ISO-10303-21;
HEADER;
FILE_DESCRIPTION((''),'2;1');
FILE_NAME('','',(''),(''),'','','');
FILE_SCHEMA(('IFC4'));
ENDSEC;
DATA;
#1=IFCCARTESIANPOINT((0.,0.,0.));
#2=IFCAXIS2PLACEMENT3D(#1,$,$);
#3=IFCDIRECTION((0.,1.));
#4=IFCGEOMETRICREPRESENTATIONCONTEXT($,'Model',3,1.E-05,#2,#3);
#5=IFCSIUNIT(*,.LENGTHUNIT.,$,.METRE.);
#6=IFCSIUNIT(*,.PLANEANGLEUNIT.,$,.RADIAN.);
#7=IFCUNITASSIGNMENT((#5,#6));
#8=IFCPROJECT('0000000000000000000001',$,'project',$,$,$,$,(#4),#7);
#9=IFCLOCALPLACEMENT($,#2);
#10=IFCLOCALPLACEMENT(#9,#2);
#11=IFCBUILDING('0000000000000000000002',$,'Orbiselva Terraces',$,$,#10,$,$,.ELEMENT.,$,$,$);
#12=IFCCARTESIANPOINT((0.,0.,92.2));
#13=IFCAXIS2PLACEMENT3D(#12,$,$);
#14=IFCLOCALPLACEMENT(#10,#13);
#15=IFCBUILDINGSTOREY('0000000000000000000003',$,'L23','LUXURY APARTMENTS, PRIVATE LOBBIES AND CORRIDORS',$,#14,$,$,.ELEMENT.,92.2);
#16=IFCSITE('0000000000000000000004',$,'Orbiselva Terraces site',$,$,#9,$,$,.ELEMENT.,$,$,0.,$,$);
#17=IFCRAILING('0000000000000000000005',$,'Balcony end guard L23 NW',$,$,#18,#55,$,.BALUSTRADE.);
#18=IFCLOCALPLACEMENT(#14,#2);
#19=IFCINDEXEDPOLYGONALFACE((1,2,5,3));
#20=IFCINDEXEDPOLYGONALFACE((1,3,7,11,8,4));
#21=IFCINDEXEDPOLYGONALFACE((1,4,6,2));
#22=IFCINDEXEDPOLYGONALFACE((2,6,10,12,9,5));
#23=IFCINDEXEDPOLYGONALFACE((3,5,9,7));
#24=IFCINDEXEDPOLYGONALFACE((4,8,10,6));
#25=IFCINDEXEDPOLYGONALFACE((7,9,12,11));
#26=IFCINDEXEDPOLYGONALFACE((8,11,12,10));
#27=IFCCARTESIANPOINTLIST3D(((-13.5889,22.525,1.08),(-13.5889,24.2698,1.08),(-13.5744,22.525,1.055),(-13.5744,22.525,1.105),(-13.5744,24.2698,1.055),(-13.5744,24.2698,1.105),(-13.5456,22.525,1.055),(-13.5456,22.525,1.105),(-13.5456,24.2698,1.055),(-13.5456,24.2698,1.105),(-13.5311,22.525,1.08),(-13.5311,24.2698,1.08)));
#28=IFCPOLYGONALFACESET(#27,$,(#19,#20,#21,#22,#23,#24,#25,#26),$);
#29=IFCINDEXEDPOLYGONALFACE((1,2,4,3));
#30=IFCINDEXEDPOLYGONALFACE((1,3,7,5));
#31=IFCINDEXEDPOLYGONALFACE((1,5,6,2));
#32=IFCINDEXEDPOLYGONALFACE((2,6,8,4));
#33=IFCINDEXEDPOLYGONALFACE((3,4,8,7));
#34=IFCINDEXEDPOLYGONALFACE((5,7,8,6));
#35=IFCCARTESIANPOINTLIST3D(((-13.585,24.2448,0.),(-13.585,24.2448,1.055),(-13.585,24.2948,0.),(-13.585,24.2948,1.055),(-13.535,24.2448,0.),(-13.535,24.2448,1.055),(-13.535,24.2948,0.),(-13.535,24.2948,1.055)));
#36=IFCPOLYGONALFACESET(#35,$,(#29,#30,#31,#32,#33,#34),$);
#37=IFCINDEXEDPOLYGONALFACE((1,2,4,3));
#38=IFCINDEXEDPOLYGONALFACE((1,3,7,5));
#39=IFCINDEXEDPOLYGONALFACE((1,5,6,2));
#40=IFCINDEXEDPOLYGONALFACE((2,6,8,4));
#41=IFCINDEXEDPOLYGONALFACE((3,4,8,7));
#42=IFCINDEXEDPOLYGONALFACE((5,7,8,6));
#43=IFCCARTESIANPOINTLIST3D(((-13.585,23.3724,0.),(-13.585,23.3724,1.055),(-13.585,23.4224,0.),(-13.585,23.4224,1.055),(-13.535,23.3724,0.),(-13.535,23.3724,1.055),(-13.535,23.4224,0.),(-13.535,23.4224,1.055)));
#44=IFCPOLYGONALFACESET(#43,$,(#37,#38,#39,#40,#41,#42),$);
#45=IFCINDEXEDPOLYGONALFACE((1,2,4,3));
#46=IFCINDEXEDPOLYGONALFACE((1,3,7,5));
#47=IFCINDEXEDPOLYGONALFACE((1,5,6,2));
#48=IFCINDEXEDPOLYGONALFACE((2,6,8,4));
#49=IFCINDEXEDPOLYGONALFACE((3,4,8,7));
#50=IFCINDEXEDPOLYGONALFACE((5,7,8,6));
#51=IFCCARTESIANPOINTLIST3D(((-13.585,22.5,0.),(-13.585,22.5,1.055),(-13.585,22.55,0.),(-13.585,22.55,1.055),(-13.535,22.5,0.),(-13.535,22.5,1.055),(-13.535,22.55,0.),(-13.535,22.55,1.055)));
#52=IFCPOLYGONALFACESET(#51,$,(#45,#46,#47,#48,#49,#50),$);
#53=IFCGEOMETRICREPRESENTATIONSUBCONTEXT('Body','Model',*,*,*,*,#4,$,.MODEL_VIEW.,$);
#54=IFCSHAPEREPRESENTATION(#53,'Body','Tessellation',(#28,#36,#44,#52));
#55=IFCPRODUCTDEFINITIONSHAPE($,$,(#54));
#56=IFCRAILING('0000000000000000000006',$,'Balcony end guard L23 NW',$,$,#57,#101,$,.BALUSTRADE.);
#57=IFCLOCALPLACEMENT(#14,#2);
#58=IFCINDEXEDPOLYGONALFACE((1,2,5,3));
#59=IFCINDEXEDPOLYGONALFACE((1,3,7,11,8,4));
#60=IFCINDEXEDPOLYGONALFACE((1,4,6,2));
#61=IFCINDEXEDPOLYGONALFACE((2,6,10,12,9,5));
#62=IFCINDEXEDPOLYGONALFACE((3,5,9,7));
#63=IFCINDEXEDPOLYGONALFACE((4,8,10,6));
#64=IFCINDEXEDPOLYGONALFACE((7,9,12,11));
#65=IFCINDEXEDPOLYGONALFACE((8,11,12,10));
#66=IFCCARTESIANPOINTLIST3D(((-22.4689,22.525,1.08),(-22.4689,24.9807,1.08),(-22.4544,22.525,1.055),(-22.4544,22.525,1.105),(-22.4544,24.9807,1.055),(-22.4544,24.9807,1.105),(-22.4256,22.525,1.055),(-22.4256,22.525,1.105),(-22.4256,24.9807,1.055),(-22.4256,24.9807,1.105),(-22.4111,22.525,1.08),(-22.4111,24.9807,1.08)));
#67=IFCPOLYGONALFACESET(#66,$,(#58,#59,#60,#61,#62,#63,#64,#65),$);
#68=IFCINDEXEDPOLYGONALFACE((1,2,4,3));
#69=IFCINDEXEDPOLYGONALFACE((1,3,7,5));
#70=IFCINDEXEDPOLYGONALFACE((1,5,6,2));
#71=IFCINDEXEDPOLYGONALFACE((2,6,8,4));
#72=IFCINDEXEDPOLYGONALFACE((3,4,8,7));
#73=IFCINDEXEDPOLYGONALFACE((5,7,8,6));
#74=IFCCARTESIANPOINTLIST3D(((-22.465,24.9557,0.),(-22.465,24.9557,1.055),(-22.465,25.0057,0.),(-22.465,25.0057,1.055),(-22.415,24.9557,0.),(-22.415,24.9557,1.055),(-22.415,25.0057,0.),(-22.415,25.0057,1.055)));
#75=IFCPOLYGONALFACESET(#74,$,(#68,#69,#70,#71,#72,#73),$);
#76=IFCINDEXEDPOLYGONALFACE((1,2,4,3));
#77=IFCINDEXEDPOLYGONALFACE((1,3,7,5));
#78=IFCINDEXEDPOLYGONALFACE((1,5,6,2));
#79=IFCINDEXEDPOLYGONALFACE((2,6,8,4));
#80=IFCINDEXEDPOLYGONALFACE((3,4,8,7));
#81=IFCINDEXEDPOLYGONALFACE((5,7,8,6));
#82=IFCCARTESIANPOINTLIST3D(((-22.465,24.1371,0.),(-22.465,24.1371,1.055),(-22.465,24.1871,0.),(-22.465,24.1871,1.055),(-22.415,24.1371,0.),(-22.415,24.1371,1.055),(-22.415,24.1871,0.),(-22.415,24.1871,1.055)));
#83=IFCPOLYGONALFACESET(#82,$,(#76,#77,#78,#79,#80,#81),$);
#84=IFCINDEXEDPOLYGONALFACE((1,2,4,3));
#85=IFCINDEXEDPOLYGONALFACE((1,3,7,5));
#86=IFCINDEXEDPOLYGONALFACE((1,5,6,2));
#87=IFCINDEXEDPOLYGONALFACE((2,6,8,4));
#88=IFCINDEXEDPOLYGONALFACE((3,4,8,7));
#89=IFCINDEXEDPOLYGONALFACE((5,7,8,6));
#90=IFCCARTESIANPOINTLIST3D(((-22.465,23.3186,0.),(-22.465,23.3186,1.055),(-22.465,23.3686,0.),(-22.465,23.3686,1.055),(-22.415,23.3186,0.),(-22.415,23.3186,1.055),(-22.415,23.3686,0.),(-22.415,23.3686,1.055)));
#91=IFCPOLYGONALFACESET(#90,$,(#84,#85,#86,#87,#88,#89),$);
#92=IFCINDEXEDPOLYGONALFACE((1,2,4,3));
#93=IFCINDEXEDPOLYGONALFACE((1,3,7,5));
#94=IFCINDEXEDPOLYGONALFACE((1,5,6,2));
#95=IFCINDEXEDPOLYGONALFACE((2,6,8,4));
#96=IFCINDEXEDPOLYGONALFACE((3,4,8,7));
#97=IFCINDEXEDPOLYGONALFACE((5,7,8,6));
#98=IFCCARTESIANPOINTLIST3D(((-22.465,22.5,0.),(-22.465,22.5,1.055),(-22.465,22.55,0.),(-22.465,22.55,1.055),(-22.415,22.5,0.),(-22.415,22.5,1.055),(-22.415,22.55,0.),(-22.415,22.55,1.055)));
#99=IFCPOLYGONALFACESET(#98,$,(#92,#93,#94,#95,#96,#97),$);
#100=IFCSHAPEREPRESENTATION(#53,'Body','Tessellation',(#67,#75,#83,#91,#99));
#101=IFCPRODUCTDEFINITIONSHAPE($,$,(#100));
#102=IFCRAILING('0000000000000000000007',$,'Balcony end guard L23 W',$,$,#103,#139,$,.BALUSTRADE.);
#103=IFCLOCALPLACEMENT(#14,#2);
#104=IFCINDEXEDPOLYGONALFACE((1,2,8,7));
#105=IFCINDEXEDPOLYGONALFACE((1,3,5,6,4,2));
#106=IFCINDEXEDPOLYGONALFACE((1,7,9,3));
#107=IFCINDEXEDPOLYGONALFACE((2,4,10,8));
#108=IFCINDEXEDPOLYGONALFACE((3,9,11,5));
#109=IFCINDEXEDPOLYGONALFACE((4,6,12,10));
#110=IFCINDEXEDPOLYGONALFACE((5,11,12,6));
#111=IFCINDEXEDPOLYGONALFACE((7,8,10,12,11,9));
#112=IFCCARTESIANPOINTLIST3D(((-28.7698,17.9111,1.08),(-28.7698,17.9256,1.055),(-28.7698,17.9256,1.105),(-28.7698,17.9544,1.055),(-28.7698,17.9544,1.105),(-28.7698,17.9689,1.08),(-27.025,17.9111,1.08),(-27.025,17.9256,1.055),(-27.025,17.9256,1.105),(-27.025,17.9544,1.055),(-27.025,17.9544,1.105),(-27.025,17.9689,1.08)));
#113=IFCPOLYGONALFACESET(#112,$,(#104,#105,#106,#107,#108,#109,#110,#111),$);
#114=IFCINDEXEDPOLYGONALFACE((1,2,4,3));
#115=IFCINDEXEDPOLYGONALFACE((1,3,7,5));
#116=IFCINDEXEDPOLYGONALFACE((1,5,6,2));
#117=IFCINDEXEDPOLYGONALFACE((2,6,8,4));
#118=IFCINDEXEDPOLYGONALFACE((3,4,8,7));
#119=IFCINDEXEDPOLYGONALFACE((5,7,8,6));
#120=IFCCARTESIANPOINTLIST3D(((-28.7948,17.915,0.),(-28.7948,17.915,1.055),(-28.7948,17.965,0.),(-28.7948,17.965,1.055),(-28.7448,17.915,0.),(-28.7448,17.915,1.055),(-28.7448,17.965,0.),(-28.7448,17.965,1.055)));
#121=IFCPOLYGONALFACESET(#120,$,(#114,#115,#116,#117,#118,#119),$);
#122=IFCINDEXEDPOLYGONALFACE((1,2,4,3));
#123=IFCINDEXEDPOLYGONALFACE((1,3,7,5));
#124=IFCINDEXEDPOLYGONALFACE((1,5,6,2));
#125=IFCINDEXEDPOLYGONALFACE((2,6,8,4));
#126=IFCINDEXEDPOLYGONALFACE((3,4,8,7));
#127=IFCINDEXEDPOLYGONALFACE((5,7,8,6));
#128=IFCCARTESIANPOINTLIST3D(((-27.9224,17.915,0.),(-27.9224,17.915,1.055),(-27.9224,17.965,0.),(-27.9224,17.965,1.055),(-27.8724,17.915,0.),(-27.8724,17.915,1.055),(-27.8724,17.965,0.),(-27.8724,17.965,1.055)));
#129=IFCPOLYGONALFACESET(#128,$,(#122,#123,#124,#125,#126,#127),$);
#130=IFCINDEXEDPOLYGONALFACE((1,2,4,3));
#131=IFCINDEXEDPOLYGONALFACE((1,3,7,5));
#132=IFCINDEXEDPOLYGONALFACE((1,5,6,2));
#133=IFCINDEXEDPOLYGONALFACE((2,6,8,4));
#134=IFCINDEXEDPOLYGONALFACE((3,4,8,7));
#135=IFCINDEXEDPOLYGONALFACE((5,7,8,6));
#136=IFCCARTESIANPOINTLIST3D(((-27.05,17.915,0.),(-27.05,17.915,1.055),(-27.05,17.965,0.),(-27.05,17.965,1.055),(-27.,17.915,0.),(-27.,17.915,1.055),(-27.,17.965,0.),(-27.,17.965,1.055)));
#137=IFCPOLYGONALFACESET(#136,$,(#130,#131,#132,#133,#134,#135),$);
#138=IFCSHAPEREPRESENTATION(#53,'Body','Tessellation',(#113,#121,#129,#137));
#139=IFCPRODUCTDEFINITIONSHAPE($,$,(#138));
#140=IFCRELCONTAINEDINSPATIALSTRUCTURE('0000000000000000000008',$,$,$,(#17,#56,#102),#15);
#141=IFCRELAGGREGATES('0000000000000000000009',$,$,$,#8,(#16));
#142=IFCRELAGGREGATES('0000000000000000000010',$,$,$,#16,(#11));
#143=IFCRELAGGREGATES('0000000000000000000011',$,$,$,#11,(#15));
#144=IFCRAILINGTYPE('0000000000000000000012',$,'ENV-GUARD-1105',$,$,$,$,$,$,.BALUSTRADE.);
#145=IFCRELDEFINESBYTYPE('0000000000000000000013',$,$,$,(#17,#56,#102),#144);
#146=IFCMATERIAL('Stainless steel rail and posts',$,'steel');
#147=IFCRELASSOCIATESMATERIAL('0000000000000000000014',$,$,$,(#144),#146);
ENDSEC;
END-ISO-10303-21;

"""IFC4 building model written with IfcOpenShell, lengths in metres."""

from ifc_helpers import new_model, si_unit, direction, frame, origin, origin_2d, place, context, subcontext, project, spatial, polyline, rectangle, outline, extrude, material, type_object, element, save


model = new_model("IFC4")

# Units and contexts
model_context = context("Model", 3, precision=1e-05, world=origin(), true_north=direction((0.0, 1.0)))
body_context = subcontext(model_context, "Body", "Model", "MODEL_VIEW")
ifc_project = project(units=[si_unit("LENGTHUNIT", "METRE"), si_unit("PLANEANGLEUNIT", "RADIAN")], contexts=[model_context])

# Site, building, storey
site_placement = place(None, origin())
site = spatial("IfcSite", under=ifc_project, at=site_placement, Name="Orbiselva Terraces site", CompositionType="ELEMENT", RefElevation=0.0)
building_placement = place(site_placement, origin())
building = spatial("IfcBuilding", under=site, at=building_placement, Name="Orbiselva Terraces", CompositionType="ELEMENT")
storey_placement = place(building_placement, frame((0.0, 0.0, 92.2)))
storey = spatial("IfcBuildingStorey", under=building, at=storey_placement, Name="L23", Description="LUXURY APARTMENTS, PRIVATE LOBBIES AND CORRIDORS", CompositionType="ELEMENT", Elevation=92.2)

# Railings
ifc_material_1 = material(Name="Stainless steel rail and posts", Category="steel")
railing_type_1 = type_object("IfcRailingType", Name="ENV-GUARD-1105", PredefinedType="BALUSTRADE", material=ifc_material_1)
railing_1_placement = place(storey_placement, frame((-13.56, 24.2698, 0.0)))
element("IfcRailing", 1, at=railing_1_placement, inside=storey, type_object=railing_type_1, Name="Balcony end guard L23 NW", PredefinedType="BALUSTRADE", context=body_context, shape_type="SweptSolid", body=[
    extrude(outline(polyline([(0.0289, 0.0), (0.0144, 0.025), (-0.0144, 0.025), (-0.0289, 0.0), (-0.0144, -0.025), (0.0144, -0.025), (0.0289, 0.0)])), frame((0.0, 0.0, 1.08), z_axis=(0.0, -1.0, 0.0), x_axis=(1.0, 0.0, 0.0)), (0.0, 0.0, 1.0), 1.7448),
    extrude(rectangle(XDim=0.05, YDim=0.05, at=origin_2d()), origin(), (0.0, 0.0, 1.0), 1.055),
    extrude(rectangle(XDim=0.05, YDim=0.05, at=origin_2d()), frame((0.0, -0.8724, 0.0)), (0.0, 0.0, 1.0), 1.055),
    extrude(rectangle(XDim=0.05, YDim=0.05, at=origin_2d()), frame((0.0, -1.7448, 0.0)), (0.0, 0.0, 1.0), 1.055),
])
railing_2_placement = place(storey_placement, frame((-22.44, 24.9807, 0.0)))
element("IfcRailing", 2, at=railing_2_placement, inside=storey, type_object=railing_type_1, Name="Balcony end guard L23 NW", PredefinedType="BALUSTRADE", context=body_context, shape_type="SweptSolid", body=[
    extrude(outline(polyline([(0.0289, 0.0), (0.0144, 0.025), (-0.0144, 0.025), (-0.0289, 0.0), (-0.0144, -0.025), (0.0144, -0.025), (0.0289, 0.0)])), frame((0.0, 0.0, 1.08), z_axis=(0.0, -1.0, 0.0), x_axis=(1.0, 0.0, 0.0)), (0.0, 0.0, 1.0), 2.4557),
    extrude(rectangle(XDim=0.05, YDim=0.05, at=origin_2d()), origin(), (0.0, 0.0, 1.0), 1.055),
    extrude(rectangle(XDim=0.05, YDim=0.05, at=origin_2d()), frame((0.0, -0.8186, 0.0)), (0.0, 0.0, 1.0), 1.055),
    extrude(rectangle(XDim=0.05, YDim=0.05, at=origin_2d()), frame((0.0, -1.6371, 0.0)), (0.0, 0.0, 1.0), 1.055),
    extrude(rectangle(XDim=0.05, YDim=0.05, at=origin_2d()), frame((0.0, -2.4557, 0.0)), (0.0, 0.0, 1.0), 1.055),
])
railing_3_placement = place(storey_placement, frame((-28.7698, 17.94, 0.0)))
element("IfcRailing", 3, at=railing_3_placement, inside=storey, type_object=railing_type_1, Name="Balcony end guard L23 W", PredefinedType="BALUSTRADE", context=body_context, shape_type="SweptSolid", body=[
    extrude(outline(polyline([(0.0289, 0.0), (0.0144, 0.025), (-0.0144, 0.025), (-0.0289, 0.0), (-0.0144, -0.025), (0.0144, -0.025), (0.0289, 0.0)])), frame((0.0, 0.0, 1.08), z_axis=(1.0, 0.0, 0.0), x_axis=(0.0, 1.0, 0.0)), (0.0, 0.0, 1.0), 1.7448),
    extrude(rectangle(XDim=0.05, YDim=0.05, at=origin_2d()), origin(), (0.0, 0.0, 1.0), 1.055),
    extrude(rectangle(XDim=0.05, YDim=0.05, at=origin_2d()), frame((0.8724, 0.0, 0.0)), (0.0, 0.0, 1.0), 1.055),
    extrude(rectangle(XDim=0.05, YDim=0.05, at=origin_2d()), frame((1.7448, 0.0, 0.0)), (0.0, 0.0, 1.0), 1.055),
])

save(model, "model.ifc")
